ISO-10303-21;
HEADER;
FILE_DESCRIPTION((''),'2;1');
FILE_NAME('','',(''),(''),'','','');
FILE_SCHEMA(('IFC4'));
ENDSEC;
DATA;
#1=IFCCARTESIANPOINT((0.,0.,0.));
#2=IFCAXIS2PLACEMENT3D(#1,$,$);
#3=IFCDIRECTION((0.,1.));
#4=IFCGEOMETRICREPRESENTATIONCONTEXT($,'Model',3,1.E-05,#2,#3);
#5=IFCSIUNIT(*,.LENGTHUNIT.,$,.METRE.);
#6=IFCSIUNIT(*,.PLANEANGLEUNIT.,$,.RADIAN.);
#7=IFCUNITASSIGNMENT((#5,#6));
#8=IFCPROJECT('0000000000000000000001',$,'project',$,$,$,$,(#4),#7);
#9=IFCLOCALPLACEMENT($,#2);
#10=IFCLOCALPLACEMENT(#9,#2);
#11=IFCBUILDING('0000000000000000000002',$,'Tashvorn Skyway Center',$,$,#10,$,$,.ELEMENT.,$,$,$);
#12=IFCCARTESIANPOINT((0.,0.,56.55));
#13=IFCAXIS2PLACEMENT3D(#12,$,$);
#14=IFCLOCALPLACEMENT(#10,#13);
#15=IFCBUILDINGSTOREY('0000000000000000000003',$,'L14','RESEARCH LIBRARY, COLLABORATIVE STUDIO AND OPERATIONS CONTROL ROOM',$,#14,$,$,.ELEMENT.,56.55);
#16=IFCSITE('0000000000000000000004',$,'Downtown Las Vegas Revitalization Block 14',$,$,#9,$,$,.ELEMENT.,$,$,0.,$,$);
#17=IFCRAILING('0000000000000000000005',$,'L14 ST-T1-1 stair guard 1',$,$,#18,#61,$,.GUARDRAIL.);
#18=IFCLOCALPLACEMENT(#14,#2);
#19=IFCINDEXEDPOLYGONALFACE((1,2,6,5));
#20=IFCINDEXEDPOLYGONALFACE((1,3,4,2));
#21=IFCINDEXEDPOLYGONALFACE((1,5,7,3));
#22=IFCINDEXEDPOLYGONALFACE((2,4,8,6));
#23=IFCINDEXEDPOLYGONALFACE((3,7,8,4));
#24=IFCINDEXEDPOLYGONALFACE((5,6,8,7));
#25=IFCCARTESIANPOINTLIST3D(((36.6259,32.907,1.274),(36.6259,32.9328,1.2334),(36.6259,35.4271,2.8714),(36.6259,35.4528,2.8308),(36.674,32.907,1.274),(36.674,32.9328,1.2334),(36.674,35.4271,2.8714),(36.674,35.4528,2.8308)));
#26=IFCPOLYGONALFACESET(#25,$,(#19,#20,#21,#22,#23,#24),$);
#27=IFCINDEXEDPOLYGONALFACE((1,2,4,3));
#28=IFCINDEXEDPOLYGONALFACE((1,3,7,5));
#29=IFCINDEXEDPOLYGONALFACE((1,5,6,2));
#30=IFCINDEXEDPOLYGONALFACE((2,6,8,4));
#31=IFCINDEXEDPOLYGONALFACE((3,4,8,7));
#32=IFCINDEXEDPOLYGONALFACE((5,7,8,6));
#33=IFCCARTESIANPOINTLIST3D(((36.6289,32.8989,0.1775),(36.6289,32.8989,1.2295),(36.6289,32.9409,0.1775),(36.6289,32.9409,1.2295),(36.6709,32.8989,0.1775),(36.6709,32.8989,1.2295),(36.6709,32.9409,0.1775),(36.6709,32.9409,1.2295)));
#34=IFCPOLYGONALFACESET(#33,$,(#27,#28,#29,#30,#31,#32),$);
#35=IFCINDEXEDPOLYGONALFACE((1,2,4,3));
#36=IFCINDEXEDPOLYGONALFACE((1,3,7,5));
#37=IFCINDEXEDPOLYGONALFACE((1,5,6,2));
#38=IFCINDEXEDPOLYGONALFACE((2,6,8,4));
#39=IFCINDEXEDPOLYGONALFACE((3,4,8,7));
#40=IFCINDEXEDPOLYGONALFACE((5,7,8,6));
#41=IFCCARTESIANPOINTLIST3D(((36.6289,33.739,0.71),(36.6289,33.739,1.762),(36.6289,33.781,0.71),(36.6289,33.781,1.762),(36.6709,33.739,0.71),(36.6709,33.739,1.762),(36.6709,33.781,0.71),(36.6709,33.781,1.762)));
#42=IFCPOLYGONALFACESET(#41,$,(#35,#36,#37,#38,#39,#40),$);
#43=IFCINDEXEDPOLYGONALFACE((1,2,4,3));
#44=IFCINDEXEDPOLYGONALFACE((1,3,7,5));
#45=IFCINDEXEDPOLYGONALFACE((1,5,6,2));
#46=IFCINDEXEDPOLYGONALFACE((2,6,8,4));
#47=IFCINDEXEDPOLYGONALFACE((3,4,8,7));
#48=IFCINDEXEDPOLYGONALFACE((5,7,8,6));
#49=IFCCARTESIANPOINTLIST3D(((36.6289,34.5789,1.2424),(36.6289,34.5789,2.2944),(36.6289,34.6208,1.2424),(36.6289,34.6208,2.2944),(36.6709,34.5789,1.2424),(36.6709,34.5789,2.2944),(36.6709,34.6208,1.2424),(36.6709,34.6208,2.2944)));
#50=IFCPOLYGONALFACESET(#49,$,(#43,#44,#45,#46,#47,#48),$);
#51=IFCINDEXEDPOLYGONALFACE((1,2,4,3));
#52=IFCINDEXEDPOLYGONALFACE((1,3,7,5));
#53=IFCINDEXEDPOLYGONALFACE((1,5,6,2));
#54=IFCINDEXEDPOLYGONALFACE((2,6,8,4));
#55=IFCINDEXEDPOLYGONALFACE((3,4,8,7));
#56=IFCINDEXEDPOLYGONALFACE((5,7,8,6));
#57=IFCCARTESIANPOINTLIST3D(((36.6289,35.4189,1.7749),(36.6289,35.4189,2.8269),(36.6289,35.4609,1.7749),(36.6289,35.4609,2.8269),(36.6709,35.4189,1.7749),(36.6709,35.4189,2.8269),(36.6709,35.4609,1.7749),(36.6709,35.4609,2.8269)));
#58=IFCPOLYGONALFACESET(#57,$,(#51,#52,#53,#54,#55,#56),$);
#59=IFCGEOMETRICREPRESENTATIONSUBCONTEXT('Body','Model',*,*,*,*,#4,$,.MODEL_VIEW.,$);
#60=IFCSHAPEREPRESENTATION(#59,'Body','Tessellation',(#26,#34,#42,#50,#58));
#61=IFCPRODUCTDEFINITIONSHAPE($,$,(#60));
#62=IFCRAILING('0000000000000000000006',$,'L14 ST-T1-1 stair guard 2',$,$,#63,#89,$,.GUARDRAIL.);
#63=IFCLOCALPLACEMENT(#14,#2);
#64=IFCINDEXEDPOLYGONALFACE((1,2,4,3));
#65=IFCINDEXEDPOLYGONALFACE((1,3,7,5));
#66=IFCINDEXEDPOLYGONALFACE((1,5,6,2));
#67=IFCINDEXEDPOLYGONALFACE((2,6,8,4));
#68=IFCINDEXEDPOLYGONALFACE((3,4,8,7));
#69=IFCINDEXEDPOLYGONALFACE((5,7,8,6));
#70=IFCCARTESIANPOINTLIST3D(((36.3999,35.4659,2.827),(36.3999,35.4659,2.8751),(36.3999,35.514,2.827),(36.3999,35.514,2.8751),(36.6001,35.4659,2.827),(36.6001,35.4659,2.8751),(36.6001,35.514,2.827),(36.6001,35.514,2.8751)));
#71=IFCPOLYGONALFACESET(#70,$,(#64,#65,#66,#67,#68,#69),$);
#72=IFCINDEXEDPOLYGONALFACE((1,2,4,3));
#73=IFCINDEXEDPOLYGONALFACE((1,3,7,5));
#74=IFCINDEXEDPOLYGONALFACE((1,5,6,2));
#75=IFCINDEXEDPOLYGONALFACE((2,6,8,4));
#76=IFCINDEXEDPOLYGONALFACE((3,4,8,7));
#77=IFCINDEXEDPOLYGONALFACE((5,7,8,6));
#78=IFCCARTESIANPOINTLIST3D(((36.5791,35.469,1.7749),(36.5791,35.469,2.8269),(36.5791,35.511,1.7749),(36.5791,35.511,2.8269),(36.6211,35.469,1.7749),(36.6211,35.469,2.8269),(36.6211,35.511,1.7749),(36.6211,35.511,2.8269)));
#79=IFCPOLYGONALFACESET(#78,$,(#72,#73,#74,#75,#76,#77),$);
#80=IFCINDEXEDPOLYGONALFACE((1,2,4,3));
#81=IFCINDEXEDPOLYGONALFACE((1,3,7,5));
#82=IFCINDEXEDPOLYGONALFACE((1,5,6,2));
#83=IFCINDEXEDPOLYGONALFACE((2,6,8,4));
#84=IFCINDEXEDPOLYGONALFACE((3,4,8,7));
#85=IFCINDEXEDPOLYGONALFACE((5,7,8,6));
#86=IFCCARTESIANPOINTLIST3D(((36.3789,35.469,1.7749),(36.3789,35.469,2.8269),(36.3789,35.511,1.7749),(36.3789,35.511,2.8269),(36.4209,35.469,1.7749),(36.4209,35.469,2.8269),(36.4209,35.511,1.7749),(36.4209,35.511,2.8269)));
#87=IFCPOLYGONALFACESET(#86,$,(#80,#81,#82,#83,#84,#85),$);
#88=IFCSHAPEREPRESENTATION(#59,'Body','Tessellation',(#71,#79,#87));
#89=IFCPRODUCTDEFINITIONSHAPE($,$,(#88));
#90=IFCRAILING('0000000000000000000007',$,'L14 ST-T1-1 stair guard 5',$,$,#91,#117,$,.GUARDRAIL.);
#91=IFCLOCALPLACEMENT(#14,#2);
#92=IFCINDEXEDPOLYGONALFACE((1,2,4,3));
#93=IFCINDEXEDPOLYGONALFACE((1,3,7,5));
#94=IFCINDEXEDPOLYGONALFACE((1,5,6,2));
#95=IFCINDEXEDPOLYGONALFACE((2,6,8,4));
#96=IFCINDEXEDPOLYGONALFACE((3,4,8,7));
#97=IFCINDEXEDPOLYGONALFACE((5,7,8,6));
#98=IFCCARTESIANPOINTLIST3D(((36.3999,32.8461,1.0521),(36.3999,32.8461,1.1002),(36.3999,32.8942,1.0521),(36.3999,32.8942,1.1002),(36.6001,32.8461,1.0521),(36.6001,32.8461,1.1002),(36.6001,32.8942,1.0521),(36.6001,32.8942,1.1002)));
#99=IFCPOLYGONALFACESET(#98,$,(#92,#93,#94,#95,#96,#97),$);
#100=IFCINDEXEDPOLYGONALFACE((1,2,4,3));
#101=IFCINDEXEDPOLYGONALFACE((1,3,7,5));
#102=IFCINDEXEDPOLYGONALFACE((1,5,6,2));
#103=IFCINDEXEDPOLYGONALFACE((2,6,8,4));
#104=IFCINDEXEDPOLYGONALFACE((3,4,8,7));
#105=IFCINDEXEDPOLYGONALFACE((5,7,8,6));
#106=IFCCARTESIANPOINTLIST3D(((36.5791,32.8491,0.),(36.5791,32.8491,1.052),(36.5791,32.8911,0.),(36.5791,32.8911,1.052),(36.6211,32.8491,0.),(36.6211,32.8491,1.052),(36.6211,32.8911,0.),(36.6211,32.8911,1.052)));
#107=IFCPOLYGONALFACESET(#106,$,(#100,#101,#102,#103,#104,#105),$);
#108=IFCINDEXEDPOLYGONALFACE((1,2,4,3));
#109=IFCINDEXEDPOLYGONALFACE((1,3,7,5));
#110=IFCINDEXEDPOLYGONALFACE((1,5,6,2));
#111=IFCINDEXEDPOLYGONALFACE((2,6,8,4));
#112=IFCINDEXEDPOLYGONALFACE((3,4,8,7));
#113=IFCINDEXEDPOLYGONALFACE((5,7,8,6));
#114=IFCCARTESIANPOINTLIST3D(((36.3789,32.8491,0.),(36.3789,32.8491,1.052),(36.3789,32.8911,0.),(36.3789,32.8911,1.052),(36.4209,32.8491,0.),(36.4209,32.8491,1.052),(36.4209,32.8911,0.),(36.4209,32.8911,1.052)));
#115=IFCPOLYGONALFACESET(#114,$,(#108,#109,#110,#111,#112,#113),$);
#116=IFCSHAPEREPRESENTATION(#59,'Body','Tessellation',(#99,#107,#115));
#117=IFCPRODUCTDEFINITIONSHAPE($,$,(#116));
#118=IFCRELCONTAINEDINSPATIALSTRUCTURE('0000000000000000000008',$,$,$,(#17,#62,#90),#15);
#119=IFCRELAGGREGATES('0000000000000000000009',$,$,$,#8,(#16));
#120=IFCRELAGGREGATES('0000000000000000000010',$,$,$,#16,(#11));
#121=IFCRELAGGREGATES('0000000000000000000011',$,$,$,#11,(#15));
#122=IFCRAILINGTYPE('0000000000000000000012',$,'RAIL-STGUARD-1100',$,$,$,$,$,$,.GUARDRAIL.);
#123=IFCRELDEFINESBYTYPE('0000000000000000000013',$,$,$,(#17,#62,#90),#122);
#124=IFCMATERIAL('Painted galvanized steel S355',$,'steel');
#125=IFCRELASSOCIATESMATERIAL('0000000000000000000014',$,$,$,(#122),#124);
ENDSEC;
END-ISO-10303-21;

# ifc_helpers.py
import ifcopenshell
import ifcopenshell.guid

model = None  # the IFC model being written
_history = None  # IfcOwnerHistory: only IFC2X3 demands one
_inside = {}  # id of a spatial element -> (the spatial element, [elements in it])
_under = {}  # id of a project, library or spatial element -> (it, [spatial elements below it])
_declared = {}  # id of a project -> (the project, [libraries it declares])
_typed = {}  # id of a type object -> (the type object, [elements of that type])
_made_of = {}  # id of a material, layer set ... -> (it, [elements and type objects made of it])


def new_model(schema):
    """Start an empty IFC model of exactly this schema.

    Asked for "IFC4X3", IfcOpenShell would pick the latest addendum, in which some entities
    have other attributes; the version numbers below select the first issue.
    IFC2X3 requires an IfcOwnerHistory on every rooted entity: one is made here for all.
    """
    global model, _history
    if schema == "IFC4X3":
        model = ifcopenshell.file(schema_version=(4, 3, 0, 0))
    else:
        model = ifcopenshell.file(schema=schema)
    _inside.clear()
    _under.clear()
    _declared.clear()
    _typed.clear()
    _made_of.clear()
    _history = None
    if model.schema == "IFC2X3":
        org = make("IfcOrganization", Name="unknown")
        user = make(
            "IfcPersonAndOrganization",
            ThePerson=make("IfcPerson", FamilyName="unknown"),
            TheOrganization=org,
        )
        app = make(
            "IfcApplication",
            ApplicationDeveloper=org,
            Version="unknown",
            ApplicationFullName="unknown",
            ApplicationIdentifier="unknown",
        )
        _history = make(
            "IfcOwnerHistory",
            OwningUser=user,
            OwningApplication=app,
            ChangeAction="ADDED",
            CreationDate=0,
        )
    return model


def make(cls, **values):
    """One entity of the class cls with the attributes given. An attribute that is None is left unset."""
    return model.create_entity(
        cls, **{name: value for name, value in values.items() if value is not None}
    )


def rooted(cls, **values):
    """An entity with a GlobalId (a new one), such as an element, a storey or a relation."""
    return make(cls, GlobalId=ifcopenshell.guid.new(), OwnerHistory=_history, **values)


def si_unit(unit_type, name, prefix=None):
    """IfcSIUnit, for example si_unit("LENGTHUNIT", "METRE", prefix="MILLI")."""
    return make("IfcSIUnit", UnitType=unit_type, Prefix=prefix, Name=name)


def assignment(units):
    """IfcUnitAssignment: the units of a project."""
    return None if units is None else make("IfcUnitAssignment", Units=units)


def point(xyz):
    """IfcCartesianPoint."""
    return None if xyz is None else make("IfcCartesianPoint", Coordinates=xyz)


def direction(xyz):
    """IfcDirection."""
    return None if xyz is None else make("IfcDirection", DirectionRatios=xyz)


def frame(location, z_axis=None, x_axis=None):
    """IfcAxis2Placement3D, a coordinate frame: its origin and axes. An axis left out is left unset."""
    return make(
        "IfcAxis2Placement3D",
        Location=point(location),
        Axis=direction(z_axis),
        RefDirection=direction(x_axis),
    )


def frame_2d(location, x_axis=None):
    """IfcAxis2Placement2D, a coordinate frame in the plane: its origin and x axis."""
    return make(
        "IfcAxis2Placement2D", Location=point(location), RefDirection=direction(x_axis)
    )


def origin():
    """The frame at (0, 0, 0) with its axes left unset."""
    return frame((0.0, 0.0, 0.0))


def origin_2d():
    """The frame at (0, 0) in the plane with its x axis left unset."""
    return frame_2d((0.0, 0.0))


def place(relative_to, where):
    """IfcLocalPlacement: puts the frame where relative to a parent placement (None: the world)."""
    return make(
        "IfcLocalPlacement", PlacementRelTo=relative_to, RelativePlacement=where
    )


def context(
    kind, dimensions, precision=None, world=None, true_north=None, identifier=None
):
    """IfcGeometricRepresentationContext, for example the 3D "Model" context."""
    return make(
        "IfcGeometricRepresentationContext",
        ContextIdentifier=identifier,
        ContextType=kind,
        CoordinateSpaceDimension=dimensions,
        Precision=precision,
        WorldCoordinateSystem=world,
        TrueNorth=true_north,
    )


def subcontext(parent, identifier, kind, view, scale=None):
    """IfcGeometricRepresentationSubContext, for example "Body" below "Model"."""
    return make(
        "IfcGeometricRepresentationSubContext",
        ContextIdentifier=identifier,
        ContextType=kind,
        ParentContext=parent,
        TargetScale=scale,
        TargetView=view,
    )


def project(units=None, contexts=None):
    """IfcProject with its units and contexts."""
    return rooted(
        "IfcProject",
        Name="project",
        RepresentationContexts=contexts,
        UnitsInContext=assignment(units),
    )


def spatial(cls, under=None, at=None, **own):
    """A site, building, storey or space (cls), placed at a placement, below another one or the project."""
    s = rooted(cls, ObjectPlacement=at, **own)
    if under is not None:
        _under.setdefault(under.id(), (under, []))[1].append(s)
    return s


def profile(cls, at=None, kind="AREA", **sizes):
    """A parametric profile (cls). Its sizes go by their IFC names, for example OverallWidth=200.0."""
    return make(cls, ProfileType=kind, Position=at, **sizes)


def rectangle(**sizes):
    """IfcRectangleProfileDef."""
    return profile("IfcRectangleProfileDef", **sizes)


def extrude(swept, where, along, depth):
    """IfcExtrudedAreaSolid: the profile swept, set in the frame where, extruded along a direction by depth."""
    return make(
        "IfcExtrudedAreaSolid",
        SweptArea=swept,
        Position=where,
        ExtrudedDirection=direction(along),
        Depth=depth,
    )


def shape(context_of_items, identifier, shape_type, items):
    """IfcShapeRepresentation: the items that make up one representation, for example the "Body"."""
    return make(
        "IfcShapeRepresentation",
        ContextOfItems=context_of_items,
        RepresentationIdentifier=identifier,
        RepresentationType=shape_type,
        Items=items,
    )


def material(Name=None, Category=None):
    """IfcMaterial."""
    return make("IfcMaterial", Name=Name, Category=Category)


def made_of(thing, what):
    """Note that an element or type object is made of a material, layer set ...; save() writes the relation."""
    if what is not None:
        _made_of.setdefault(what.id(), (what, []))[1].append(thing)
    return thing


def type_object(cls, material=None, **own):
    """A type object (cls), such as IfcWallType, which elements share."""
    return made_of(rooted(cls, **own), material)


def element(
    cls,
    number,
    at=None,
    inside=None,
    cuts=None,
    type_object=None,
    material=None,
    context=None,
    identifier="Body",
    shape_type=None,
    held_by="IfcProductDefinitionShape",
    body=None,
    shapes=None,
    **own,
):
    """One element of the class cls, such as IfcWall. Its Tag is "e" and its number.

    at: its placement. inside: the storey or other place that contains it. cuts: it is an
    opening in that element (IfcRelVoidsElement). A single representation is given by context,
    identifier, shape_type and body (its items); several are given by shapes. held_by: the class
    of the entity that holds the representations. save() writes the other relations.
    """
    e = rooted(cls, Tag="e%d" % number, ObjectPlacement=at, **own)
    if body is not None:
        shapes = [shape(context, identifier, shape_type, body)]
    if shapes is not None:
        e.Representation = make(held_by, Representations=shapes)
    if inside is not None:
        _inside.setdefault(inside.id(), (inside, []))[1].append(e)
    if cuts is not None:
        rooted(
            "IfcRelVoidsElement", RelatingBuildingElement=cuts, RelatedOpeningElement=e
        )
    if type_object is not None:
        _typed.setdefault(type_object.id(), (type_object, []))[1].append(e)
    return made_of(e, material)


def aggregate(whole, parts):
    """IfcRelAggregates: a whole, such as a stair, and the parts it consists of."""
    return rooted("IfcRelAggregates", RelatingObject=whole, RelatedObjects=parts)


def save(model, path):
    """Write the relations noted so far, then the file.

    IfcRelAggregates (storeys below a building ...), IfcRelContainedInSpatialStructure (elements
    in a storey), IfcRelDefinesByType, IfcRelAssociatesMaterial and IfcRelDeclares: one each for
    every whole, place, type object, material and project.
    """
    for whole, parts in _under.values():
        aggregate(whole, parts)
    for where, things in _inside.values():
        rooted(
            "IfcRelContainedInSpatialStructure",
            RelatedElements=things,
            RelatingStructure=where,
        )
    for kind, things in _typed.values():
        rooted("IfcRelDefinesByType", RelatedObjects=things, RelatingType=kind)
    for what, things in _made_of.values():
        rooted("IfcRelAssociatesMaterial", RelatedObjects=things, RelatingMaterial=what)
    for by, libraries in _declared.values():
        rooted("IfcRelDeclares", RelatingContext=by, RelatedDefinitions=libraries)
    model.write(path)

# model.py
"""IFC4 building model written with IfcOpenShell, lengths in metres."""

from ifc_helpers import new_model, si_unit, direction, frame, origin, origin_2d, place, context, subcontext, project, spatial, rectangle, extrude, material, type_object, element, save


model = new_model("IFC4")

# Units and contexts
model_context = context("Model", 3, precision=1e-05, world=origin(), true_north=direction((0.0, 1.0)))
body_context = subcontext(model_context, "Body", "Model", "MODEL_VIEW")
ifc_project = project(units=[si_unit("LENGTHUNIT", "METRE"), si_unit("PLANEANGLEUNIT", "RADIAN")], contexts=[model_context])

# Site, building, storey
site_placement = place(None, origin())
site = spatial("IfcSite", under=ifc_project, at=site_placement, Name="Downtown Las Vegas Revitalization Block 14", CompositionType="ELEMENT", RefElevation=0.0)
building_placement = place(site_placement, origin())
building = spatial("IfcBuilding", under=site, at=building_placement, Name="Tashvorn Skyway Center", CompositionType="ELEMENT")
storey_placement = place(building_placement, frame((0.0, 0.0, 56.55)))
storey = spatial("IfcBuildingStorey", under=building, at=storey_placement, Name="L14", Description="RESEARCH LIBRARY, COLLABORATIVE STUDIO AND OPERATIONS CONTROL ROOM", CompositionType="ELEMENT", Elevation=56.55)

# Railings
ifc_material_1 = material(Name="Painted galvanized steel S355", Category="steel")
railing_type_1 = type_object("IfcRailingType", Name="RAIL-STGUARD-1100", PredefinedType="GUARDRAIL", material=ifc_material_1)
railing_1_placement = place(storey_placement, frame((36.6499, 32.9199, 0.1775)))
element("IfcRailing", 1, at=railing_1_placement, inside=storey, type_object=railing_type_1, Name="L14 ST-T1-1 stair guard 1", PredefinedType="GUARDRAIL", context=body_context, shape_type="SweptSolid", body=[
    extrude(rectangle(XDim=0.0481, YDim=0.0481, at=origin_2d()), frame((0.0, 0.0, 1.0762), z_axis=(0.0, 0.844607, 0.535387), x_axis=(-1.0, 0.0, 0.0)), (0.0, 0.0, 1.0), 2.9836),
    extrude(rectangle(XDim=0.042, YDim=0.042, at=origin_2d()), origin(), (0.0, 0.0, 1.0), 1.052),
    extrude(rectangle(XDim=0.042, YDim=0.042, at=origin_2d()), frame((0.0, 0.8401, 0.5325)), (0.0, 0.0, 1.0), 1.052),
    extrude(rectangle(XDim=0.042, YDim=0.042, at=origin_2d()), frame((0.0, 1.6799, 1.0649)), (0.0, 0.0, 1.0), 1.052),
    extrude(rectangle(XDim=0.042, YDim=0.042, at=origin_2d()), frame((0.0, 2.52, 1.5974)), (0.0, 0.0, 1.0), 1.052),
])
for number, where, name in (
    (2, (36.6001, 35.49, 1.7749), "L14 ST-T1-1 stair guard 2"),
    (3, (36.6001, 32.8701, 0.0), "L14 ST-T1-1 stair guard 5"),
):
    element("IfcRailing", number, at=place(storey_placement, frame(where)), inside=storey, type_object=railing_type_1, Name=name, PredefinedType="GUARDRAIL", context=body_context, shape_type="SweptSolid", body=[
        extrude(rectangle(XDim=0.0481, YDim=0.0481, at=origin_2d()), frame((0.0, 0.0, 1.0762), z_axis=(-1.0, 0.0, 0.0), x_axis=(0.0, -1.0, 0.0)), (0.0, 0.0, 1.0), 0.2002),
        extrude(rectangle(XDim=0.042, YDim=0.042, at=origin_2d()), origin(), (0.0, 0.0, 1.0), 1.052),
        extrude(rectangle(XDim=0.042, YDim=0.042, at=origin_2d()), frame((-0.2002, 0.0, 0.0)), (0.0, 0.0, 1.0), 1.052),
    ])

save(model, "model.ifc")
